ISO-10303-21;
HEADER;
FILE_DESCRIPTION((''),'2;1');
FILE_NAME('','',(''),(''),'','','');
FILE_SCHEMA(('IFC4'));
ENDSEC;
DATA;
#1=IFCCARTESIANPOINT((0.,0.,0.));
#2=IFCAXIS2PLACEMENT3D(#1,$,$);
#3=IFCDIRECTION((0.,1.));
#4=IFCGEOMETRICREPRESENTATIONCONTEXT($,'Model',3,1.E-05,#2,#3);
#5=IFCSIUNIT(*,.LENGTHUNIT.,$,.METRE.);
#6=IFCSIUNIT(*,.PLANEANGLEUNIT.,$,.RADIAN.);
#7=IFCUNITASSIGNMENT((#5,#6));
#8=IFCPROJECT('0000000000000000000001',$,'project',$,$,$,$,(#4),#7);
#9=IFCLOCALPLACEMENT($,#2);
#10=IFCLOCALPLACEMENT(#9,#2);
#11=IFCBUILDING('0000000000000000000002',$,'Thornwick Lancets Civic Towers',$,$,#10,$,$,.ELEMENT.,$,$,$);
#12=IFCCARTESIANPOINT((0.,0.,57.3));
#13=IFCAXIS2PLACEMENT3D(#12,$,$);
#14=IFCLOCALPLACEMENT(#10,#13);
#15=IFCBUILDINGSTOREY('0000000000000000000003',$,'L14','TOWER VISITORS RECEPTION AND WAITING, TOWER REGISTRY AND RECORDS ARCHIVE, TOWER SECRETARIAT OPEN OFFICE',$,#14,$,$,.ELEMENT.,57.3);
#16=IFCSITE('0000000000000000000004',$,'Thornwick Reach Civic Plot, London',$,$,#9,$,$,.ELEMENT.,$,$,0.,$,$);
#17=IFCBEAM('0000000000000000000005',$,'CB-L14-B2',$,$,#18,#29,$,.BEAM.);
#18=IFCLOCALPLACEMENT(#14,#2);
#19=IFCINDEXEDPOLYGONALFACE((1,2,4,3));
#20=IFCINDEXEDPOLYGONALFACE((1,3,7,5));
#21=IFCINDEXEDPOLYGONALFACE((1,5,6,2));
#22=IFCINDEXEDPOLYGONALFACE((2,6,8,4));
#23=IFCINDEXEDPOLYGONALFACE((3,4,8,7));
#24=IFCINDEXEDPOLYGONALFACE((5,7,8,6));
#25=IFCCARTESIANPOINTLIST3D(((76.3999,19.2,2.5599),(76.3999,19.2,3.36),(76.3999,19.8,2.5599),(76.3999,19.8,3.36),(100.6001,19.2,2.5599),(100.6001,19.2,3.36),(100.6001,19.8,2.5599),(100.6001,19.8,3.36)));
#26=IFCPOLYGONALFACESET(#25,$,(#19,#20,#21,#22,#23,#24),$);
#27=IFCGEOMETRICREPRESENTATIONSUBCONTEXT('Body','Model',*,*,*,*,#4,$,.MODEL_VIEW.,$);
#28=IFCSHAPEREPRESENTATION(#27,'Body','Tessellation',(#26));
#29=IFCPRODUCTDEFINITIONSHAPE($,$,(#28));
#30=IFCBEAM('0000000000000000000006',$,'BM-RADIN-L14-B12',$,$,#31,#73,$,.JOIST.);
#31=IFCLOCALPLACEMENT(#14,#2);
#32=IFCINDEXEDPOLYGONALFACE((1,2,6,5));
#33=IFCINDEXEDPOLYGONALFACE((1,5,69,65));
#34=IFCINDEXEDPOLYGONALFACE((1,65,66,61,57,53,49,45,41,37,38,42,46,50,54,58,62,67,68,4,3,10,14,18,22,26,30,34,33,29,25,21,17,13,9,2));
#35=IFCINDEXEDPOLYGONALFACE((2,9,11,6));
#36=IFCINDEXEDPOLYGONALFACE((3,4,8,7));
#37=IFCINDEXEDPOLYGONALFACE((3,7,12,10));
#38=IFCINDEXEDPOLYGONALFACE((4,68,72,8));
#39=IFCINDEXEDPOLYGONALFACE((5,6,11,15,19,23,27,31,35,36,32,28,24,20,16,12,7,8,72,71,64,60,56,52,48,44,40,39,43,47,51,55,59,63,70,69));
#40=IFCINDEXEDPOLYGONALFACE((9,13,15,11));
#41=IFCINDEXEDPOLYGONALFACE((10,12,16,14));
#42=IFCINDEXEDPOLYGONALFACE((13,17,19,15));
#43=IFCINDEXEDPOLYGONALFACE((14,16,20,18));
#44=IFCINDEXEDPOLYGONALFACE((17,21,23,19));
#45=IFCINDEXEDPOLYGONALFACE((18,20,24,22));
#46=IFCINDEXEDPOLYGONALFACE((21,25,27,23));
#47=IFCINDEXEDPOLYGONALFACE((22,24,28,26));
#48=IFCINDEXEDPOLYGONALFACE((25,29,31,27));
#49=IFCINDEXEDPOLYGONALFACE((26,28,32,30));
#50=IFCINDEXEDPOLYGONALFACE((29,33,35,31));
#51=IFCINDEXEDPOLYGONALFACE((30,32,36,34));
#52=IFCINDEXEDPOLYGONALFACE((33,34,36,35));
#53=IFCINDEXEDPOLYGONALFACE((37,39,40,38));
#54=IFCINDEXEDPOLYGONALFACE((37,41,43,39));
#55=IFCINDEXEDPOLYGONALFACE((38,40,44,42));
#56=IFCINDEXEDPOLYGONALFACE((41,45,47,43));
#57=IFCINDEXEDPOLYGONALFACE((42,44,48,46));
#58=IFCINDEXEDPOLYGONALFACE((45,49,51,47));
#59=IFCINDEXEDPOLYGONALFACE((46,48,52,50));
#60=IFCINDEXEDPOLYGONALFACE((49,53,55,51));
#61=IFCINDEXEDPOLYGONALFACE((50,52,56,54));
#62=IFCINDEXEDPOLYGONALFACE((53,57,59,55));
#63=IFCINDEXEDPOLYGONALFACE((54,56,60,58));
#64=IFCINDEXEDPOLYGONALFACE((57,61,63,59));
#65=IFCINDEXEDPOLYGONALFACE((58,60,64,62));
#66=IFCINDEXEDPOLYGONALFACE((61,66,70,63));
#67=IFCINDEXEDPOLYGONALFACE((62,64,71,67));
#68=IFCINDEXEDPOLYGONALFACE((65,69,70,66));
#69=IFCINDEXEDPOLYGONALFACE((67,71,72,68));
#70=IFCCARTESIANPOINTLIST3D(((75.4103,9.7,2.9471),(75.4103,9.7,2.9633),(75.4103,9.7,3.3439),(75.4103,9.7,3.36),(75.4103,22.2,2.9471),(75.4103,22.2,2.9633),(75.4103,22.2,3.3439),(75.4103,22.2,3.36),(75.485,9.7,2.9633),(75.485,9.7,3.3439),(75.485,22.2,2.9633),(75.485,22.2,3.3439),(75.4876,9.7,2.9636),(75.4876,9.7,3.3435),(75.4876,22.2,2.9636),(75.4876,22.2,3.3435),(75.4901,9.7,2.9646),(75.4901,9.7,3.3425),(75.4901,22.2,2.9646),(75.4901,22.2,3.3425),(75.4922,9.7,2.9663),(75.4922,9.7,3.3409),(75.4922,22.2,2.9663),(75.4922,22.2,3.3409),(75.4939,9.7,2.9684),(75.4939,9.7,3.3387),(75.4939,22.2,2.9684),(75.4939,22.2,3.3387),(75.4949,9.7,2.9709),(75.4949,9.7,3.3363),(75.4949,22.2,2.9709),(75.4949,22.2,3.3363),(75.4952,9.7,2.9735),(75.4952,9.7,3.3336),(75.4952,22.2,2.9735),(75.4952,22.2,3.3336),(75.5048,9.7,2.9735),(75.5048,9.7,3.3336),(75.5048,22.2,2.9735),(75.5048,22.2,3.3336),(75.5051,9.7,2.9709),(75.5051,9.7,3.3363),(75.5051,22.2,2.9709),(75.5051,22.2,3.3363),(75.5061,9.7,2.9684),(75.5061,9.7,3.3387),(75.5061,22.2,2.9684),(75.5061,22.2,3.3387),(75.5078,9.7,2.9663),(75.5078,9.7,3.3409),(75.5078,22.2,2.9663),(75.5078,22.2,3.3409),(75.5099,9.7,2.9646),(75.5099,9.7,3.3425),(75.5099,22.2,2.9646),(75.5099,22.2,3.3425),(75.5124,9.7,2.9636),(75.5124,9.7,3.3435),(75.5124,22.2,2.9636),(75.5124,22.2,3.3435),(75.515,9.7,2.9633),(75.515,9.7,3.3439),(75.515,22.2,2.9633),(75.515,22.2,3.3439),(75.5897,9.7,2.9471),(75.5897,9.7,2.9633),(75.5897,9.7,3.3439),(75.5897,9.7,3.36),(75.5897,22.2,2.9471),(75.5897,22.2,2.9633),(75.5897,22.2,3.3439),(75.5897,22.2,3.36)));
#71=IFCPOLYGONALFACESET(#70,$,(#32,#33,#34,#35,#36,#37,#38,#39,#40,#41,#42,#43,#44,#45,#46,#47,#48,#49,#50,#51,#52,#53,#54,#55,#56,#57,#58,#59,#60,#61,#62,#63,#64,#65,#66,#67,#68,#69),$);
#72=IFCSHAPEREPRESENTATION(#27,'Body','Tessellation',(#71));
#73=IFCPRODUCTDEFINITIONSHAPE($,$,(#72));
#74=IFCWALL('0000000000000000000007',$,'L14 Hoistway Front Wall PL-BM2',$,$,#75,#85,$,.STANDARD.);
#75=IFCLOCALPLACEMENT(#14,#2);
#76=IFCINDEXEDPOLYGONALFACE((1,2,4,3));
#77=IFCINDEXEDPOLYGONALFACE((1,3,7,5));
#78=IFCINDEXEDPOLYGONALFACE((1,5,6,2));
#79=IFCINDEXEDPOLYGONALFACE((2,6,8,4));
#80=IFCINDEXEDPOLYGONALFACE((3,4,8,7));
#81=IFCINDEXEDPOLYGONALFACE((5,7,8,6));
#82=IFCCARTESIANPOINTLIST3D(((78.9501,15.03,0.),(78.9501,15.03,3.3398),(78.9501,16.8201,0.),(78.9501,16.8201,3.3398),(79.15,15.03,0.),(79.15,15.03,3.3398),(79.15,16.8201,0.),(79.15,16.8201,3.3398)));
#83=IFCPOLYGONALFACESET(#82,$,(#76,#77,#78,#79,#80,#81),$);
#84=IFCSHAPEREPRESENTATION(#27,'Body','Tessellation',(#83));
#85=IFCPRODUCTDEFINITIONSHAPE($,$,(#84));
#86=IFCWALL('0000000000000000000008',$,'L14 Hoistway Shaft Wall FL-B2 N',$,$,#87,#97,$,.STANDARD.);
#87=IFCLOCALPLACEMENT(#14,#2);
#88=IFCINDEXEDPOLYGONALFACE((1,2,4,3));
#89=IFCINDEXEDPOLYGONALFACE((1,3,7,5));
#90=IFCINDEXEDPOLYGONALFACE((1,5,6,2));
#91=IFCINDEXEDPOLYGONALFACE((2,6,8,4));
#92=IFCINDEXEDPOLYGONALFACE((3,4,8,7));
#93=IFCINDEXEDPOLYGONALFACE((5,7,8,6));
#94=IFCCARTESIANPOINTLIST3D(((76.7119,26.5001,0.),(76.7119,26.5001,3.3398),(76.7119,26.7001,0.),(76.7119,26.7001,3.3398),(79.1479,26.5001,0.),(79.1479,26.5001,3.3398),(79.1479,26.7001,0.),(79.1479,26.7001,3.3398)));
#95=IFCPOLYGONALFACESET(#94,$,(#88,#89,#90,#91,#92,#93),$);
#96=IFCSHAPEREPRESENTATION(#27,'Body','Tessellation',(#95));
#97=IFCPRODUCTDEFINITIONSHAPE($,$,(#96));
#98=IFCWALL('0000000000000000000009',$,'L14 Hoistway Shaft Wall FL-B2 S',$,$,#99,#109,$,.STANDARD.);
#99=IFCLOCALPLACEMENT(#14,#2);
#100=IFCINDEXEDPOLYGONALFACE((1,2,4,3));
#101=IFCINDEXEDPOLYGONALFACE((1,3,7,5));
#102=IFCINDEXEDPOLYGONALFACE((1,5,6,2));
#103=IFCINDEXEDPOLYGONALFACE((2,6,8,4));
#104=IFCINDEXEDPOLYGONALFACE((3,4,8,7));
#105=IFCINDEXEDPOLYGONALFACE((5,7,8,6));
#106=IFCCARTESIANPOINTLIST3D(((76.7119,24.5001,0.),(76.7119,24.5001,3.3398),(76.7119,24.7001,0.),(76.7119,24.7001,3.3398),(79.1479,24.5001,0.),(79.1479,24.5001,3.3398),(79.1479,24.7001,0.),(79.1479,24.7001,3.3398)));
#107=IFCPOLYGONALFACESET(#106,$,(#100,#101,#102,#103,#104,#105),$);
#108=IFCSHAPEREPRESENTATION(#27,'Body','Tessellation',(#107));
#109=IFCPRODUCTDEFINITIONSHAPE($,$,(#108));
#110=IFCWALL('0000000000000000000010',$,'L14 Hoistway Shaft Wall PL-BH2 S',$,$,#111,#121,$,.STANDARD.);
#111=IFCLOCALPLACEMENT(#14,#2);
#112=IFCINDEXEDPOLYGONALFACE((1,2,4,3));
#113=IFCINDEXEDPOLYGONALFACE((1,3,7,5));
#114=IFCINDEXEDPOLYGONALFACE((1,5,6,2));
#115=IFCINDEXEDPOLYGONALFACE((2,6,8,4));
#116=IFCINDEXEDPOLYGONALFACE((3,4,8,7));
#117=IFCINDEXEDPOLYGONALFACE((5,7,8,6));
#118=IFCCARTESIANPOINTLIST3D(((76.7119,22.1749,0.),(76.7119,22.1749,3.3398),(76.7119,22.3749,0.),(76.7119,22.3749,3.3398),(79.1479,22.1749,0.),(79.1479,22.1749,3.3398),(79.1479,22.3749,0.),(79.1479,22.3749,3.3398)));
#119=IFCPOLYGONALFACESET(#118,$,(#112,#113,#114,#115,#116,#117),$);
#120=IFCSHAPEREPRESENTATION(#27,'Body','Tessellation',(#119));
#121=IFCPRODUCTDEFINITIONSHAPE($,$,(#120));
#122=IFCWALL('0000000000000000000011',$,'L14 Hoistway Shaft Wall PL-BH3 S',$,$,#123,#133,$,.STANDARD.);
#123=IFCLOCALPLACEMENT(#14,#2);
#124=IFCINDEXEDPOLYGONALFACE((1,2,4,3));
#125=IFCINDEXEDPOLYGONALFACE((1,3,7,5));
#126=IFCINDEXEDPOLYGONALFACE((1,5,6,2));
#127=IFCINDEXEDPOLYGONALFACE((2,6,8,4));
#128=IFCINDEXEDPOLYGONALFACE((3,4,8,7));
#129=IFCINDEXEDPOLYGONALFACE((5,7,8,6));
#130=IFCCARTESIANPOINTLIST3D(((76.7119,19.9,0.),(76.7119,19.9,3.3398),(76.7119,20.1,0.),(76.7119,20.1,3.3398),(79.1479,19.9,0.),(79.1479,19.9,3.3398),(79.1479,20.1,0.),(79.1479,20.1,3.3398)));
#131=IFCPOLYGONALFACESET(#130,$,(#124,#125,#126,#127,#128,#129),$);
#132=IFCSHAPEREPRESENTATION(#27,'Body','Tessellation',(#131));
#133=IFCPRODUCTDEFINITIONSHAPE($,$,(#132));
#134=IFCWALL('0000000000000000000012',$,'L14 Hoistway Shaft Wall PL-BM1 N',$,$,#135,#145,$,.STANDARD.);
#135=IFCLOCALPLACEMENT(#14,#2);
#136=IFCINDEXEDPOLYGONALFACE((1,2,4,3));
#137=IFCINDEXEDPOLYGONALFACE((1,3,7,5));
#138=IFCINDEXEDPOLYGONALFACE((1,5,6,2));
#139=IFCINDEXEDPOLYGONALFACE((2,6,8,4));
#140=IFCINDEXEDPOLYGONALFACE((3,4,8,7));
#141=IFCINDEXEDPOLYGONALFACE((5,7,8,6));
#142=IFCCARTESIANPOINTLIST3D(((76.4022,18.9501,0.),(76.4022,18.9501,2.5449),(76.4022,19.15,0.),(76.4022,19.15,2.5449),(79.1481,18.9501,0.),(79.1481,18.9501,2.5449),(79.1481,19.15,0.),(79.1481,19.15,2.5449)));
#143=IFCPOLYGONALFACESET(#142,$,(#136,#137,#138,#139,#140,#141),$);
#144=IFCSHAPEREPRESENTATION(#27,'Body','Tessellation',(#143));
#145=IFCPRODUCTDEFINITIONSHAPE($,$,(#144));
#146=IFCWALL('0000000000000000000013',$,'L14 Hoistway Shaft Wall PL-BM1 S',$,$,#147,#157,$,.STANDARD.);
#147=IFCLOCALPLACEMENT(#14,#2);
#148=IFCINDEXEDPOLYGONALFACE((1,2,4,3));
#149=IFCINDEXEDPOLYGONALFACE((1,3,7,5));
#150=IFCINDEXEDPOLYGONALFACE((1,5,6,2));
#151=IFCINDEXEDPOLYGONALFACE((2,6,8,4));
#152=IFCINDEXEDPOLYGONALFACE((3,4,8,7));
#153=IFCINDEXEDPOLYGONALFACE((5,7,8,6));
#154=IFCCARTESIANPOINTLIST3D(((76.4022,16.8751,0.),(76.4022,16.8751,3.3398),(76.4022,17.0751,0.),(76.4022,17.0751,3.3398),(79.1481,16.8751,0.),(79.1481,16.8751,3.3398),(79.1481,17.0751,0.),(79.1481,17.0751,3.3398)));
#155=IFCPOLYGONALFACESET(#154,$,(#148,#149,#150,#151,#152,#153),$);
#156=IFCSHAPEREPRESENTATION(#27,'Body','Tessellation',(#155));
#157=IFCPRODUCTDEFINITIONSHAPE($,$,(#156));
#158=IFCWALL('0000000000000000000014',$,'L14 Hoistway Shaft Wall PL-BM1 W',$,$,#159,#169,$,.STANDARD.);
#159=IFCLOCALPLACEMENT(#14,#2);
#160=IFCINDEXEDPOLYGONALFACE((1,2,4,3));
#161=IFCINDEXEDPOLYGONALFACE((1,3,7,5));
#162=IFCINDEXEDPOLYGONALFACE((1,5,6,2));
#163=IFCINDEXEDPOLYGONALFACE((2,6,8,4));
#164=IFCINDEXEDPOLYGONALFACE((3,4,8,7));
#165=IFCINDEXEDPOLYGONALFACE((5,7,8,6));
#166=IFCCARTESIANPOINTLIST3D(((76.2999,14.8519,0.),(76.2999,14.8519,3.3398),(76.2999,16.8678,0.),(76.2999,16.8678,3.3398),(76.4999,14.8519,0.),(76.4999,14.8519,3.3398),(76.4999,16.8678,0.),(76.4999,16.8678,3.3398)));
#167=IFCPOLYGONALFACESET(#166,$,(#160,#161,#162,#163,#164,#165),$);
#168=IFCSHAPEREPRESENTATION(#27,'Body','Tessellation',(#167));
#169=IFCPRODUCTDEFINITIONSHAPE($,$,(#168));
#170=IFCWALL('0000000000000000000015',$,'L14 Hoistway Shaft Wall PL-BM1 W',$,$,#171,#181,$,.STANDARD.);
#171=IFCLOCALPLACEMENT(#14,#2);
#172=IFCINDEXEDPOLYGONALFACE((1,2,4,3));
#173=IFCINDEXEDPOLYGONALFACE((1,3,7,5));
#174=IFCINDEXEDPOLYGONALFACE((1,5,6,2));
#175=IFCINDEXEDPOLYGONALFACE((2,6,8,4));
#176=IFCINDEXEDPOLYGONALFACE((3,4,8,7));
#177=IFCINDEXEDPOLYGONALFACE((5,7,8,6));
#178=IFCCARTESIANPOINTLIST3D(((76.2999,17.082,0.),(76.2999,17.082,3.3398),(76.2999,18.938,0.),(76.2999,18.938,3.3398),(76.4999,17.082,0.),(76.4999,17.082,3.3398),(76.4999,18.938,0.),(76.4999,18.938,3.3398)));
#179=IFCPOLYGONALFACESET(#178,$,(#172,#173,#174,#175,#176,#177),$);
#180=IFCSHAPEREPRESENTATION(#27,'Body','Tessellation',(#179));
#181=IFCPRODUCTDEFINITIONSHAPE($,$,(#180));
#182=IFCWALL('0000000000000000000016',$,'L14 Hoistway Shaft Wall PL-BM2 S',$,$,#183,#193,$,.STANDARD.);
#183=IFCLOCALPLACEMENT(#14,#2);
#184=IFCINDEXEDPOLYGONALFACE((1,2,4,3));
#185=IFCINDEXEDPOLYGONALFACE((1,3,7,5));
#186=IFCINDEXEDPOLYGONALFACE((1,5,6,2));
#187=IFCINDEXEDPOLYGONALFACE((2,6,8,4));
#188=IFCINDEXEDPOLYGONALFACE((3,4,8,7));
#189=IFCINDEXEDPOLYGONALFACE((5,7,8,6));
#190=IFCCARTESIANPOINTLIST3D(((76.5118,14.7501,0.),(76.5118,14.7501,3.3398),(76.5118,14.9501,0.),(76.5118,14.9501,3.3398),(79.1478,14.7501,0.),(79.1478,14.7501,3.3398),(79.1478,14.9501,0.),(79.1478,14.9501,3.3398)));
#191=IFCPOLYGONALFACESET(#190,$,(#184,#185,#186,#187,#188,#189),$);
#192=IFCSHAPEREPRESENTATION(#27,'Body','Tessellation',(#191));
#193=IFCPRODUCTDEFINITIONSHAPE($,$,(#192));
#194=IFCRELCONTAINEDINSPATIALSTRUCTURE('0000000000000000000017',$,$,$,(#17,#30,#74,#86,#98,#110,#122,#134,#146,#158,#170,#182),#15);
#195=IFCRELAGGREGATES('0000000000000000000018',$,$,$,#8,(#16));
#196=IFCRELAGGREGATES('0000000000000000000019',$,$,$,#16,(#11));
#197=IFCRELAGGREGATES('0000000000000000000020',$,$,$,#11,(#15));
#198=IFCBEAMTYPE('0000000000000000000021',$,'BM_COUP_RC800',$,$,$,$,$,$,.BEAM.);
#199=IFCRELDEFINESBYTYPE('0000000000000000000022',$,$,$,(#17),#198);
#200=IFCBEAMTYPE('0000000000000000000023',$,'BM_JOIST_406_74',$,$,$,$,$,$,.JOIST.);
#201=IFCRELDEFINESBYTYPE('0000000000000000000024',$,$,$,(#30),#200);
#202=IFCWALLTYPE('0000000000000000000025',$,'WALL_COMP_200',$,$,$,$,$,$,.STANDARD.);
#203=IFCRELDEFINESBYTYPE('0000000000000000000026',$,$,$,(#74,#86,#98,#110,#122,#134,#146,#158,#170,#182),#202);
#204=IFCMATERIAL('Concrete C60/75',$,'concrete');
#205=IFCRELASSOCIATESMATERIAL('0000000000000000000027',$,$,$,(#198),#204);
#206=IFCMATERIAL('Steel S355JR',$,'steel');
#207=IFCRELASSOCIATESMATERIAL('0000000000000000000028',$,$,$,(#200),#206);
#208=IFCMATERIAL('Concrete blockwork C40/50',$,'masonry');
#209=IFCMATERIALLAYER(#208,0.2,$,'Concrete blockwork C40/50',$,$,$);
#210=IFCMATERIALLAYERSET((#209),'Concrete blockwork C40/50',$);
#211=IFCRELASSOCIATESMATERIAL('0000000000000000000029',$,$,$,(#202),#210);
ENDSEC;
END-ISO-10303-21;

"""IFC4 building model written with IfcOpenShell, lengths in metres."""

from ifc_helpers import new_model, si_unit, direction, frame, frame_2d, origin, origin_2d, place, context, subcontext, project, spatial, rectangle, i_section, extrude, material, layer, layer_set, material_profile, profile_set, type_object, element, save


model = new_model("IFC4")

# Units and contexts
model_context = context("Model", 3, precision=1e-05, world=origin(), true_north=direction((0.0, 1.0)))
body_context = subcontext(model_context, "Body", "Model", "MODEL_VIEW")
ifc_project = project(units=[si_unit("LENGTHUNIT", "METRE"), si_unit("PLANEANGLEUNIT", "RADIAN")], contexts=[model_context])

# Site, building, storey
site_placement = place(None, origin())
site = spatial("IfcSite", under=ifc_project, at=site_placement, Name="Thornwick Reach Civic Plot, London", CompositionType="ELEMENT", RefElevation=0.0)
building_placement = place(site_placement, origin())
building = spatial("IfcBuilding", under=site, at=building_placement, Name="Thornwick Lancets Civic Towers", CompositionType="ELEMENT")
storey_placement = place(building_placement, frame((0.0, 0.0, 57.3)))
storey = spatial("IfcBuildingStorey", under=building, at=storey_placement, Name="L14", Description="TOWER VISITORS RECEPTION AND WAITING, TOWER REGISTRY AND RECORDS ARCHIVE, TOWER SECRETARIAT OPEN OFFICE", CompositionType="ELEMENT", Elevation=57.3)

# Beams
ifc_material_1 = material(Name="Concrete C60/75", Category="concrete")
ifc_material_profile_1 = material_profile(ifc_material_1, rectangle(XDim=0.6001, YDim=0.8, at=origin_2d()), Name="RC 600x800")
ifc_profile_set_1 = profile_set([ifc_material_profile_1], Name="Concrete C60/75")
beam_type_1 = type_object("IfcBeamType", Name="BM_COUP_RC800", PredefinedType="BEAM", material=ifc_profile_set_1)
beam_1_placement = place(storey_placement, frame((76.3999, 19.5, 2.96), z_axis=(1.0, 0.0, 0.0), x_axis=(0.0, 1.0, 0.0)))
element("IfcBeam", 1, at=beam_1_placement, inside=storey, type_object=beam_type_1, Name="CB-L14-B2", PredefinedType="BEAM", context=body_context, shape_type="SweptSolid", body=[
    extrude(rectangle(XDim=0.6001, YDim=0.8, at=origin_2d()), origin(), (0.0, 0.0, 1.0), 24.2002),
])
ifc_material_2 = material(Name="Steel S355JR", Category="steel")
ifc_material_profile_2 = material_profile(ifc_material_2, i_section(OverallWidth=0.1794, OverallDepth=0.4128, WebThickness=0.0095, FlangeThickness=0.0161, FilletRadius=0.0103, at=origin_2d()), Name="UKB 406x178x74")
ifc_profile_set_2 = profile_set([ifc_material_profile_2], Name="Steel S355JR")
beam_type_2 = type_object("IfcBeamType", Name="BM_JOIST_406_74", PredefinedType="JOIST", material=ifc_profile_set_2)
beam_2_placement = place(storey_placement, frame((75.5, 22.2, 3.1536), z_axis=(0.0, -1.0, 0.0), x_axis=(1.0, 0.0, 0.0)))
element("IfcBeam", 2, at=beam_2_placement, inside=storey, type_object=beam_type_2, Name="BM-RADIN-L14-B12", PredefinedType="JOIST", context=body_context, shape_type="SweptSolid", body=[
    extrude(i_section(OverallWidth=0.1794, OverallDepth=0.4128, WebThickness=0.0095, FlangeThickness=0.0161, FilletRadius=0.0103, at=origin_2d()), origin(), (0.0, 0.0, 1.0), 12.5),
])

# Walls
ifc_material_3 = material(Name="Concrete blockwork C40/50", Category="masonry")
ifc_layer_1 = layer(ifc_material_3, 0.2, Name="Concrete blockwork C40/50")
ifc_layer_set_1 = layer_set([ifc_layer_1], Name="Concrete blockwork C40/50")
wall_type_1 = type_object("IfcWallType", Name="WALL_COMP_200", PredefinedType="STANDARD", material=ifc_layer_set_1)
wall_1_placement = place(storey_placement, frame((79.05, 15.03, 0.0), z_axis=(0.0, 0.0, 1.0), x_axis=(0.0, 1.0, 0.0)))
element("IfcWall", 3, at=wall_1_placement, inside=storey, type_object=wall_type_1, Name="L14 Hoistway Front Wall PL-BM2", PredefinedType="STANDARD", context=body_context, shape_type="SweptSolid", body=[
    extrude(rectangle(XDim=1.79, YDim=0.2, at=frame_2d((0.895, 0.0))), origin(), (0.0, 0.0, 1.0), 3.3398),
])
for number, where, z_axis, x_axis, name in (
    (4, (76.7119, 26.6001, 0.0), (0.0, 0.0, 1.0), (1.0, 0.0, 0.0), "L14 Hoistway Shaft Wall FL-B2 N"),
    (5, (76.7119, 24.6001, 0.0), (0.0, 0.0, 1.0), (1.0, 0.0, 0.0), "L14 Hoistway Shaft Wall FL-B2 S"),
    (6, (76.7119, 22.2749, 0.0), (0.0, 0.0, 1.0), (1.0, 0.0, 0.0), "L14 Hoistway Shaft Wall PL-BH2 S"),
    (7, (76.7119, 20.0, 0.0), (0.0, 0.0, 1.0), (1.0, 0.0, 0.0), "L14 Hoistway Shaft Wall PL-BH3 S"),
):
    element("IfcWall", number, at=place(storey_placement, frame(where, z_axis=z_axis, x_axis=x_axis)), inside=storey, type_object=wall_type_1, Name=name, PredefinedType="STANDARD", context=body_context, shape_type="SweptSolid", body=[
        extrude(rectangle(XDim=2.436, YDim=0.2, at=frame_2d((1.218, 0.0))), origin(), (0.0, 0.0, 1.0), 3.3398),
    ])
wall_2_placement = place(storey_placement, frame((76.4021, 19.05, 0.0), z_axis=(0.0, 0.0, 1.0), x_axis=(1.0, 0.0, 0.0)))
element("IfcWall", 8, at=wall_2_placement, inside=storey, type_object=wall_type_1, Name="L14 Hoistway Shaft Wall PL-BM1 N", PredefinedType="STANDARD", context=body_context, shape_type="SweptSolid", body=[
    extrude(rectangle(XDim=2.7458, YDim=0.2, at=frame_2d((1.373, 0.0))), origin(), (0.0, 0.0, 1.0), 2.5449),
])
wall_3_placement = place(storey_placement, frame((76.4021, 16.9751, 0.0), z_axis=(0.0, 0.0, 1.0), x_axis=(1.0, 0.0, 0.0)))
element("IfcWall", 9, at=wall_3_placement, inside=storey, type_object=wall_type_1, Name="L14 Hoistway Shaft Wall PL-BM1 S", PredefinedType="STANDARD", context=body_context, shape_type="SweptSolid", body=[
    extrude(rectangle(XDim=2.7458, YDim=0.2, at=frame_2d((1.373, 0.0))), origin(), (0.0, 0.0, 1.0), 3.3398),
])
wall_4_placement = place(storey_placement, frame((76.3999, 14.8521, 0.0), z_axis=(0.0, 0.0, 1.0), x_axis=(0.0, 1.0, 0.0)))
element("IfcWall", 10, at=wall_4_placement, inside=storey, type_object=wall_type_1, Name="L14 Hoistway Shaft Wall PL-BM1 W", PredefinedType="STANDARD", context=body_context, shape_type="SweptSolid", body=[
    extrude(rectangle(XDim=2.0159, YDim=0.2, at=frame_2d((1.0078, 0.0))), origin(), (0.0, 0.0, 1.0), 3.3398),
])
wall_5_placement = place(storey_placement, frame((76.3999, 17.082, 0.0), z_axis=(0.0, 0.0, 1.0), x_axis=(0.0, 1.0, 0.0)))
element("IfcWall", 11, at=wall_5_placement, inside=storey, type_object=wall_type_1, Name="L14 Hoistway Shaft Wall PL-BM1 W", PredefinedType="STANDARD", context=body_context, shape_type="SweptSolid", body=[
    extrude(rectangle(XDim=1.856, YDim=0.2, at=frame_2d((0.928, 0.0))), origin(), (0.0, 0.0, 1.0), 3.3398),
])
wall_6_placement = place(storey_placement, frame((76.512, 14.8501, 0.0), z_axis=(0.0, 0.0, 1.0), x_axis=(1.0, 0.0, 0.0)))
element("IfcWall", 12, at=wall_6_placement, inside=storey, type_object=wall_type_1, Name="L14 Hoistway Shaft Wall PL-BM2 S", PredefinedType="STANDARD", context=body_context, shape_type="SweptSolid", body=[
    extrude(rectangle(XDim=2.636, YDim=0.2, at=frame_2d((1.3179, 0.0))), origin(), (0.0, 0.0, 1.0), 3.3398),
])

save(model, "model.ifc")
